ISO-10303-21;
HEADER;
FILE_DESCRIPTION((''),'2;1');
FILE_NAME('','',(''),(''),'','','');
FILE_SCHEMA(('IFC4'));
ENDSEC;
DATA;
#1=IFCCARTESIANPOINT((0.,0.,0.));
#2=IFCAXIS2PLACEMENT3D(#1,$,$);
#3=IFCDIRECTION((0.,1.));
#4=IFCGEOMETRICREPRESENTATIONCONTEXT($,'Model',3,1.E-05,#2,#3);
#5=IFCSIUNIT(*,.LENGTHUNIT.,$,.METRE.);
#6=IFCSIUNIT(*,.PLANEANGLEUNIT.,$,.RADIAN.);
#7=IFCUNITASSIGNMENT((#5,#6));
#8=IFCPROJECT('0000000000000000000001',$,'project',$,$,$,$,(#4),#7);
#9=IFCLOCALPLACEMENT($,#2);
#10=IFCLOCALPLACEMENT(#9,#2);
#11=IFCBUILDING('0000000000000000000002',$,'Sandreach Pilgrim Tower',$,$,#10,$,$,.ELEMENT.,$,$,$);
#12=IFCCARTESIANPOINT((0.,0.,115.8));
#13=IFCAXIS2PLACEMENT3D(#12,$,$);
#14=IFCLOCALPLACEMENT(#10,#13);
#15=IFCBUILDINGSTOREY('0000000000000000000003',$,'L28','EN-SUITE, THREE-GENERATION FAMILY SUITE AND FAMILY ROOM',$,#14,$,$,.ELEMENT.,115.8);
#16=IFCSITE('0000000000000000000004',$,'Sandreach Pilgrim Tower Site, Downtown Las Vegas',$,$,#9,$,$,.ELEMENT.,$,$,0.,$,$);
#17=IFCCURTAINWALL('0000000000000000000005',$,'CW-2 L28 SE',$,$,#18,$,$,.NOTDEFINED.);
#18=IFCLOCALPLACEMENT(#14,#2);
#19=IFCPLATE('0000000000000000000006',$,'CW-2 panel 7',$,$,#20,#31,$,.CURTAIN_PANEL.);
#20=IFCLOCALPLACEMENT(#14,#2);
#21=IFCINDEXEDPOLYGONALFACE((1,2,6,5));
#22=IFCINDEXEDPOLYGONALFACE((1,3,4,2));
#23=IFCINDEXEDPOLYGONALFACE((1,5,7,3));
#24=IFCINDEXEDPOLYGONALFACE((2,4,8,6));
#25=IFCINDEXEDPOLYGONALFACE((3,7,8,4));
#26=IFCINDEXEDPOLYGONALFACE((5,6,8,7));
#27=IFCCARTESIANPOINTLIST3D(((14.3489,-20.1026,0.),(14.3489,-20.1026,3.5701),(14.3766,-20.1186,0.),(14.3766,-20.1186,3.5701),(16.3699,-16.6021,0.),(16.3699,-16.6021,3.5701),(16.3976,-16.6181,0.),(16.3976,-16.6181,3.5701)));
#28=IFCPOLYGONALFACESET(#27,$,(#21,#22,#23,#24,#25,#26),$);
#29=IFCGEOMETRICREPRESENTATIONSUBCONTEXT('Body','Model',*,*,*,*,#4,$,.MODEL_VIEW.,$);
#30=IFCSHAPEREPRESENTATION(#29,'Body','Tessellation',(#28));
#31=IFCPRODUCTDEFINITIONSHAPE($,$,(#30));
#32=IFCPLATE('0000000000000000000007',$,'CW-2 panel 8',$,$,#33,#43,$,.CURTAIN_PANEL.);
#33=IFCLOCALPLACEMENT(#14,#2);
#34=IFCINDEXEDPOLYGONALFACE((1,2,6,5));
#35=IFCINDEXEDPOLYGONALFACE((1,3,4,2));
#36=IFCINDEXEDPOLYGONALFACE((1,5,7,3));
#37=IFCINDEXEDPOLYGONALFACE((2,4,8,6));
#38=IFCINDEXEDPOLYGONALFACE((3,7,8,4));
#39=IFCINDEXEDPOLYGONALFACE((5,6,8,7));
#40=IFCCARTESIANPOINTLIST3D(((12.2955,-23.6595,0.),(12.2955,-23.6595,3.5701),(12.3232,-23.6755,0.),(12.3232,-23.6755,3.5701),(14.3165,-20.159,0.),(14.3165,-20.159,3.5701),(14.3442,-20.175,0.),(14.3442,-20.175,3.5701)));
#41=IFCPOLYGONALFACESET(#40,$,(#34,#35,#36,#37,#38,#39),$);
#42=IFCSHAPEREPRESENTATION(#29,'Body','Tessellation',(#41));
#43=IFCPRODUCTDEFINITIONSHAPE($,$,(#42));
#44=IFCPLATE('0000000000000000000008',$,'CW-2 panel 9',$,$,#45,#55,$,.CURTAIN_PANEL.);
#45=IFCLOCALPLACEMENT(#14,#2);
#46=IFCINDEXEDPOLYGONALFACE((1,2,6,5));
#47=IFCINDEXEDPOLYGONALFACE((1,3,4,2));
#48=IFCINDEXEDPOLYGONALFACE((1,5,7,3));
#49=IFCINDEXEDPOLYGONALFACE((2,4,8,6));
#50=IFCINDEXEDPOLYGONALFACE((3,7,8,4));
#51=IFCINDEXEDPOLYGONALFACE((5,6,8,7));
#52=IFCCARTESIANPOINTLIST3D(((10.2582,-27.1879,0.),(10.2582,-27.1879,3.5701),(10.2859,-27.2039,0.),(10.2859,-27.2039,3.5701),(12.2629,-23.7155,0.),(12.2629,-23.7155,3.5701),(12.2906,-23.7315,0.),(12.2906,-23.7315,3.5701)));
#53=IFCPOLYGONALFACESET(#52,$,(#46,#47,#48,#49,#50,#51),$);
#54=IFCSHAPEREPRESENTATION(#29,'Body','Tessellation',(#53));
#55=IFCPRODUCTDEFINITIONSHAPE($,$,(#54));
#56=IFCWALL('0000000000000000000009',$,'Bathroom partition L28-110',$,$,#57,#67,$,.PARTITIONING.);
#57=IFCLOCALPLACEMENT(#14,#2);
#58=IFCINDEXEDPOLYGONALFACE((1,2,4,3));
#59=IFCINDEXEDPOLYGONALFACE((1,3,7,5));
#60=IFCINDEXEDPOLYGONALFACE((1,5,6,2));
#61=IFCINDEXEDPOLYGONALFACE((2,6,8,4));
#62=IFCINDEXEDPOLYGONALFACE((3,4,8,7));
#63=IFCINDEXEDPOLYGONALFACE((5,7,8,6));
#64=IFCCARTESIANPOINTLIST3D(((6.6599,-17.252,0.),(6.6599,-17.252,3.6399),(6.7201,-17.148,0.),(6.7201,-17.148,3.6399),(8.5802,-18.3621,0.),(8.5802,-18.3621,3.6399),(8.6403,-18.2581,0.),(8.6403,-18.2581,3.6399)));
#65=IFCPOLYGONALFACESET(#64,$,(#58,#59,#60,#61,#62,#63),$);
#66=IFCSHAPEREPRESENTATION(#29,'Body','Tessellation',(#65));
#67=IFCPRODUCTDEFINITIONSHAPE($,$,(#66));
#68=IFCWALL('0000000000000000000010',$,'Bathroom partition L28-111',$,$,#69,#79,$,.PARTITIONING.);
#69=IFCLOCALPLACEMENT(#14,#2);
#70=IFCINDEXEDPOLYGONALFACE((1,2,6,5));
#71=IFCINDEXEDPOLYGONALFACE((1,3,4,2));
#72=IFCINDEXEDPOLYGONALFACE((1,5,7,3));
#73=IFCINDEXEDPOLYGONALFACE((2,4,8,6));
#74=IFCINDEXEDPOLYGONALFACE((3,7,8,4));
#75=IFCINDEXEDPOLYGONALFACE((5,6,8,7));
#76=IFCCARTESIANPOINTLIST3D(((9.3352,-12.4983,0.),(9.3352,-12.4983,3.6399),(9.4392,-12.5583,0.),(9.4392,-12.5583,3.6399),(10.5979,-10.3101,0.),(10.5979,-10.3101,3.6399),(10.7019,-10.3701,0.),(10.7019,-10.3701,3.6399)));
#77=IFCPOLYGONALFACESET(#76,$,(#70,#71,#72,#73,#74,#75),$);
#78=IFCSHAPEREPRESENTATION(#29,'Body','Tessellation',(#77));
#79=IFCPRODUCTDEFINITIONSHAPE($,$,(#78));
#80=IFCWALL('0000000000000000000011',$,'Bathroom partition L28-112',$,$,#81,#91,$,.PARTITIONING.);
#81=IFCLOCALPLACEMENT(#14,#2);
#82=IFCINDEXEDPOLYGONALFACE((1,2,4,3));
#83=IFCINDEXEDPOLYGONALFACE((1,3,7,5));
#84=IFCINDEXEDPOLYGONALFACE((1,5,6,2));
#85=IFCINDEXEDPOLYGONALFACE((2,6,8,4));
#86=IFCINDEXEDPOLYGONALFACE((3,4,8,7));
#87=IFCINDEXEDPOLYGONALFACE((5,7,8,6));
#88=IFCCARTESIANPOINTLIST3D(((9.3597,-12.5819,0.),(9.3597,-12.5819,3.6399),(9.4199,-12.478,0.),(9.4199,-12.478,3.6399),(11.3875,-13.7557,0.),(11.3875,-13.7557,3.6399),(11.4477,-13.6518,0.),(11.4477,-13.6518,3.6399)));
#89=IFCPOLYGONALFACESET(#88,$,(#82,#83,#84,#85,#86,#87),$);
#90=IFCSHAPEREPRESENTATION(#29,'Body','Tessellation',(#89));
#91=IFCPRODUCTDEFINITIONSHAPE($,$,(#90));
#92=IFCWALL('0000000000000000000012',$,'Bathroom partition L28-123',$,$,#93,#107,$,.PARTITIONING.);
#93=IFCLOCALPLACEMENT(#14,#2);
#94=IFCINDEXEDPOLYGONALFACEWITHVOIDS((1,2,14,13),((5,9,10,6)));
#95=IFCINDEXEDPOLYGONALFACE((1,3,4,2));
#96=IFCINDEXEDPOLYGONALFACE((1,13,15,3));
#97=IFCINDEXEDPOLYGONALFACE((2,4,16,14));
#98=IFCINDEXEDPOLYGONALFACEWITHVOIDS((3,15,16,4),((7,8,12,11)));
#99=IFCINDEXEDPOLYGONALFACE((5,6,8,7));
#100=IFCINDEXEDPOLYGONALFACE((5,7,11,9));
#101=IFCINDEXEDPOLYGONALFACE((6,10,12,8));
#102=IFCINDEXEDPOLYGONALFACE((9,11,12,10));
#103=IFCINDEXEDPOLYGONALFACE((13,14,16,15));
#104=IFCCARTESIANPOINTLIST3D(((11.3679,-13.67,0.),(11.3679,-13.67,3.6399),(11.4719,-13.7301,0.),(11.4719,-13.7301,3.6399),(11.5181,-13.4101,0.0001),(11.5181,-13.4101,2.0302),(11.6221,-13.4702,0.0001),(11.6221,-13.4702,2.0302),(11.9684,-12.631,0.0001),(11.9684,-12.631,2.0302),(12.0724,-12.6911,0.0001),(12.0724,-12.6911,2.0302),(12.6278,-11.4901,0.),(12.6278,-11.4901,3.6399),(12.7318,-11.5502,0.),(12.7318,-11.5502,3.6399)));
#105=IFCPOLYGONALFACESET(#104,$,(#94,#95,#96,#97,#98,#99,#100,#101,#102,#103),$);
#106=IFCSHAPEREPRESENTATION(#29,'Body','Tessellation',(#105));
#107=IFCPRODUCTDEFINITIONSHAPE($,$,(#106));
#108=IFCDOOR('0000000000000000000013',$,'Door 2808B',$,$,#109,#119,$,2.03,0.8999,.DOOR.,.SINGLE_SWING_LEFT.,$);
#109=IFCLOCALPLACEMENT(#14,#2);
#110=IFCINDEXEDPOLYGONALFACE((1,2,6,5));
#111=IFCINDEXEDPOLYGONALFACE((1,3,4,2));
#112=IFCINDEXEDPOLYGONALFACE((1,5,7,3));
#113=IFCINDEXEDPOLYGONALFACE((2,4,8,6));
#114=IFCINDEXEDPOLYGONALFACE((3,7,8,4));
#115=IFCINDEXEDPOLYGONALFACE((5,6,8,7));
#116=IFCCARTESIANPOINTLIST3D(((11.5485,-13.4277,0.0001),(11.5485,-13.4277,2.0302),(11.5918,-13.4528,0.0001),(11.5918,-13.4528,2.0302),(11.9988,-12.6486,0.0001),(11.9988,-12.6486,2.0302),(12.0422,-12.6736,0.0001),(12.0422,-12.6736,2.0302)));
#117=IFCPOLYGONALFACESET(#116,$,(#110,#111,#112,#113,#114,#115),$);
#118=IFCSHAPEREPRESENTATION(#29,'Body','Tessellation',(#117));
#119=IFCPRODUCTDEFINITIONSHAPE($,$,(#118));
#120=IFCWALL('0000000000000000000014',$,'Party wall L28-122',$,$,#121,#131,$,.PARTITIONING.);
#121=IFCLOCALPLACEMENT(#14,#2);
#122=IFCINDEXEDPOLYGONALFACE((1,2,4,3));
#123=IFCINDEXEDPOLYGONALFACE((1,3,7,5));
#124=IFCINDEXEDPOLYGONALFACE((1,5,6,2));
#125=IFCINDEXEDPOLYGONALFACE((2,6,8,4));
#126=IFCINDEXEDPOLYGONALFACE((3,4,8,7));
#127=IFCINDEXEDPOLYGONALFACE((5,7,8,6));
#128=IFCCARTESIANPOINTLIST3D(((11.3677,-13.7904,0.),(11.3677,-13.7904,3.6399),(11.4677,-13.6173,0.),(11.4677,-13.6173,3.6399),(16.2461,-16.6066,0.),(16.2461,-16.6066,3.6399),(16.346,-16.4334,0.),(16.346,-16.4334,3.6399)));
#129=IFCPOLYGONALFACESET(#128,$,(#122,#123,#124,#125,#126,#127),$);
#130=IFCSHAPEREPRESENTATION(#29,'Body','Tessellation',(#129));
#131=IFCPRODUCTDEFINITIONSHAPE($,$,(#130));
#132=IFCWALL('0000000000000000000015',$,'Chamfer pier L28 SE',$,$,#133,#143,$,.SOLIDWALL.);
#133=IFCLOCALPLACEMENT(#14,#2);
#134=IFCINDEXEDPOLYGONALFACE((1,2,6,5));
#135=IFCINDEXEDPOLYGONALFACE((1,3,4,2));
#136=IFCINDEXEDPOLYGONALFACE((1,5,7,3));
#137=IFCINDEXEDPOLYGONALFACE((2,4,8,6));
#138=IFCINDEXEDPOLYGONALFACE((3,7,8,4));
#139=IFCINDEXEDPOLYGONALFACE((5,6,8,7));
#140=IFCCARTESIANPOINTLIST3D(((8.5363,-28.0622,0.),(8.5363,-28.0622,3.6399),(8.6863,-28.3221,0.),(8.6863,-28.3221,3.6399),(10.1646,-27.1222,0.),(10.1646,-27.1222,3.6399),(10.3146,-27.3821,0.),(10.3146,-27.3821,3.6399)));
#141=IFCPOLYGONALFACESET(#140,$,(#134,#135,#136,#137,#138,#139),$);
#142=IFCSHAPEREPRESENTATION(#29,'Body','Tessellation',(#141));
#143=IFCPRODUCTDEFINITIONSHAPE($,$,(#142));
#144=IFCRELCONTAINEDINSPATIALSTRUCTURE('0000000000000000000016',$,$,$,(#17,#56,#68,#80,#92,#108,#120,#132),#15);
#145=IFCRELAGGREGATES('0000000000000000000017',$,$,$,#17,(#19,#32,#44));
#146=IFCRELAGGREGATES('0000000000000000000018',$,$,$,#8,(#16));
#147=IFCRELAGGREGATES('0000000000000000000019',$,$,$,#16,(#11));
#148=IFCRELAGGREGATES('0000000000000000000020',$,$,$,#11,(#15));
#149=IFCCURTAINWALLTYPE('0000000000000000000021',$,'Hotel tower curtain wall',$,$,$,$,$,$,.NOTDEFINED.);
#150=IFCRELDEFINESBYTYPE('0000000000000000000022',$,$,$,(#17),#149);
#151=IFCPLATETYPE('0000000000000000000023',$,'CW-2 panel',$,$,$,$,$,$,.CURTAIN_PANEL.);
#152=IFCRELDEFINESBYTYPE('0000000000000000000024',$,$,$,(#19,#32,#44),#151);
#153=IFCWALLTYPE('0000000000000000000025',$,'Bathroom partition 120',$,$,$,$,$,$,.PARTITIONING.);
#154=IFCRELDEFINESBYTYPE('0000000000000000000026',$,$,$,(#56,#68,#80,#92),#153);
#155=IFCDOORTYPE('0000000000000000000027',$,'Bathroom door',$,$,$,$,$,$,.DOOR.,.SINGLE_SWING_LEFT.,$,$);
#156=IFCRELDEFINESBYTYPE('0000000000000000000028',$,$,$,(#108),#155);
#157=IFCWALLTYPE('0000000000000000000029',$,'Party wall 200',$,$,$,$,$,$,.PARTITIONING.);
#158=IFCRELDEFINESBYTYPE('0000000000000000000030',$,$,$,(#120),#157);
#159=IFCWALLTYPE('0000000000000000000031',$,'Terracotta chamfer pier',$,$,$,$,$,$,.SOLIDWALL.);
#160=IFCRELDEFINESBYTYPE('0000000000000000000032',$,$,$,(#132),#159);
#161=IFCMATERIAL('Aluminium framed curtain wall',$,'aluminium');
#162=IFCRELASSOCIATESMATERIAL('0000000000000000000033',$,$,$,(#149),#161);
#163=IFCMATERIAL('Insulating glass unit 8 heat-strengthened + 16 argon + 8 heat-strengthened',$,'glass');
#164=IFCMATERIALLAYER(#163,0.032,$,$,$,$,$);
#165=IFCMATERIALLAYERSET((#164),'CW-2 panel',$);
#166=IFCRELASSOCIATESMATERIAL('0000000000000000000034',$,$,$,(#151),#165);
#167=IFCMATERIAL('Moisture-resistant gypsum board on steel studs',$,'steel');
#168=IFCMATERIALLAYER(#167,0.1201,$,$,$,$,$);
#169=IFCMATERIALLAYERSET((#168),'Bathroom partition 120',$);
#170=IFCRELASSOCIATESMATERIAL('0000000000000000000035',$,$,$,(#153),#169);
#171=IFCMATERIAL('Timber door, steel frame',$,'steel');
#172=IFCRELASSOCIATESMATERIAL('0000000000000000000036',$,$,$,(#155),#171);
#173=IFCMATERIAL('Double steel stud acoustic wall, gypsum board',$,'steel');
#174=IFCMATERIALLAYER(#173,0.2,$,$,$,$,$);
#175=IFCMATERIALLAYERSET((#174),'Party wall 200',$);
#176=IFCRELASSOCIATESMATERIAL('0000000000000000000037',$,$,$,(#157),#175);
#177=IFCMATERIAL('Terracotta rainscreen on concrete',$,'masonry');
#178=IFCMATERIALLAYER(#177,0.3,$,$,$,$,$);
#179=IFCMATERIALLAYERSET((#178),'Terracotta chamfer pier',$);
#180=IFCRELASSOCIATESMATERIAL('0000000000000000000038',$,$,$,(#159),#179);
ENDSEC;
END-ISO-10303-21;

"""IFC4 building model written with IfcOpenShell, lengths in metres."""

from ifc_helpers import new_model, si_unit, direction, frame, frame_2d, origin, origin_2d, place, context, subcontext, project, spatial, rectangle, extrude, material, layer, layer_set, type_object, element, fill, aggregate, save


model = new_model("IFC4")

# Units and contexts
model_context = context("Model", 3, precision=1e-05, world=origin(), true_north=direction((0.0, 1.0)))
body_context = subcontext(model_context, "Body", "Model", "MODEL_VIEW")
ifc_project = project(units=[si_unit("LENGTHUNIT", "METRE"), si_unit("PLANEANGLEUNIT", "RADIAN")], contexts=[model_context])

# Site, building, storey
site_placement = place(None, origin())
site = spatial("IfcSite", under=ifc_project, at=site_placement, Name="Sandreach Pilgrim Tower Site, Downtown Las Vegas", CompositionType="ELEMENT", RefElevation=0.0)
building_placement = place(site_placement, origin())
building = spatial("IfcBuilding", under=site, at=building_placement, Name="Sandreach Pilgrim Tower", CompositionType="ELEMENT")
storey_placement = place(building_placement, frame((0.0, 0.0, 115.8)))
storey = spatial("IfcBuildingStorey", under=building, at=storey_placement, Name="L28", Description="EN-SUITE, THREE-GENERATION FAMILY SUITE AND FAMILY ROOM", CompositionType="ELEMENT", Elevation=115.8)

# Curtain wall
ifc_material_1 = material(Name="Aluminium framed curtain wall", Category="aluminium")
curtain_wall_type = type_object("IfcCurtainWallType", Name="Hotel tower curtain wall", PredefinedType="NOTDEFINED", material=ifc_material_1)
curtain_wall_placement = place(storey_placement, origin())
curtain_wall = element("IfcCurtainWall", 1, at=curtain_wall_placement, inside=storey, type_object=curtain_wall_type, Name="CW-2 L28 SE", PredefinedType="NOTDEFINED")

# Plates
ifc_material_2 = material(Name="Insulating glass unit 8 heat-strengthened + 16 argon + 8 heat-strengthened", Category="glass")
ifc_layer_1 = layer(ifc_material_2, 0.032)
ifc_layer_set_1 = layer_set([ifc_layer_1], Name="CW-2 panel")
plate_type = type_object("IfcPlateType", Name="CW-2 panel", PredefinedType="CURTAIN_PANEL", material=ifc_layer_set_1)
plate_1_placement = place(storey_placement, frame((15.3733, -18.3604, 0.0), z_axis=(0.0, 0.0, 1.0), x_axis=(-0.5, -0.866025, 0.0)))
plate_1 = element("IfcPlate", 2, at=plate_1_placement, type_object=plate_type, Name="CW-2 panel 7", PredefinedType="CURTAIN_PANEL", context=body_context, shape_type="SweptSolid", body=[
    extrude(rectangle(XDim=4.042, YDim=0.032, at=origin_2d()), origin(), (0.0, 0.0, 1.0), 3.5701),
])
plate_2_placement = place(storey_placement, frame((13.3198, -21.9172, 0.0), z_axis=(0.0, 0.0, 1.0), x_axis=(-0.5, -0.866025, 0.0)))
plate_2 = element("IfcPlate", 3, at=plate_2_placement, type_object=plate_type, Name="CW-2 panel 8", PredefinedType="CURTAIN_PANEL", context=body_context, shape_type="SweptSolid", body=[
    extrude(rectangle(XDim=4.042, YDim=0.032, at=origin_2d()), origin(), (0.0, 0.0, 1.0), 3.5701),
])
plate_3_placement = place(storey_placement, frame((11.2744, -25.4597, 0.0), z_axis=(0.0, 0.0, 1.0), x_axis=(-0.5, -0.866025, 0.0)))
plate_3 = element("IfcPlate", 4, at=plate_3_placement, type_object=plate_type, Name="CW-2 panel 9", PredefinedType="CURTAIN_PANEL", context=body_context, shape_type="SweptSolid", body=[
    extrude(rectangle(XDim=4.0095, YDim=0.032, at=origin_2d()), origin(), (0.0, 0.0, 1.0), 3.5701),
])
aggregate(curtain_wall, [plate_1, plate_2, plate_3])

# Walls
ifc_material_3 = material(Name="Moisture-resistant gypsum board on steel studs", Category="steel")
ifc_layer_2 = layer(ifc_material_3, 0.1201)
ifc_layer_set_2 = layer_set([ifc_layer_2], Name="Bathroom partition 120")
wall_type_1 = type_object("IfcWallType", Name="Bathroom partition 120", PredefinedType="PARTITIONING", material=ifc_layer_set_2)
wall_1_placement = place(storey_placement, frame((8.6101, -18.3101, 0.0), z_axis=(0.0, 0.0, 1.0), x_axis=(-0.865733, 0.500507, 0.0)))
element("IfcWall", 5, at=wall_1_placement, inside=storey, type_object=wall_type_1, Name="Bathroom partition L28-110", PredefinedType="PARTITIONING", context=body_context, shape_type="SweptSolid", body=[
    extrude(rectangle(XDim=2.218, YDim=0.1201, at=frame_2d((1.1089, 0.0))), origin(), (0.0, 0.0, 1.0), 3.6399),
])
wall_2_placement = place(storey_placement, frame((9.3872, -12.5283, 0.0), z_axis=(0.0, 0.0, 1.0), x_axis=(0.499798, 0.866142, 0.0)))
element("IfcWall", 6, at=wall_2_placement, inside=storey, type_object=wall_type_1, Name="Bathroom partition L28-111", PredefinedType="PARTITIONING", context=body_context, shape_type="SweptSolid", body=[
    extrude(rectangle(XDim=2.5264, YDim=0.1201, at=frame_2d((1.2632, 0.0))), origin(), (0.0, 0.0, 1.0), 3.6399),
])
wall_3_placement = place(storey_placement, frame((9.3899, -12.53, 0.0), z_axis=(0.0, 0.0, 1.0), x_axis=(0.86546, -0.500979, 0.0)))
element("IfcWall", 7, at=wall_3_placement, inside=storey, type_object=wall_type_1, Name="Bathroom partition L28-112", PredefinedType="PARTITIONING", context=body_context, shape_type="SweptSolid", body=[
    extrude(rectangle(XDim=2.343, YDim=0.1201, at=frame_2d((1.1714, 0.0))), origin(), (0.0, 0.0, 1.0), 3.6399),
])

# Wall, opening, door
wall_4_placement = place(storey_placement, frame((11.4199, -13.7, 0.0), z_axis=(0.0, 0.0, 1.0), x_axis=(0.500425, 0.86578, 0.0)))
wall_4 = element("IfcWall", 8, at=wall_4_placement, inside=storey, type_object=wall_type_1, Name="Bathroom partition L28-123", PredefinedType="PARTITIONING", context=body_context, shape_type="SweptSolid", body=[
    extrude(rectangle(XDim=2.5178, YDim=0.1201, at=frame_2d((1.2588, 0.0))), origin(), (0.0, 0.0, 1.0), 3.6399),
])
opening_placement = place(wall_4_placement, frame((0.3, 0.0, 0.0)))
opening = element("IfcOpeningElement", 9, at=opening_placement, cuts=wall_4, PredefinedType="OPENING", context=body_context, shape_type="SweptSolid", body=[
    extrude(rectangle(XDim=0.8999, YDim=2.03, at=frame_2d((0.45, 1.0151))), frame((0.0, 0.0601, 0.0), z_axis=(0.0, -1.0, 0.0), x_axis=(1.0, 0.0, 0.0)), (0.0, 0.0, 1.0), 0.1201),
])
ifc_material_4 = material(Name="Timber door, steel frame", Category="steel")
door_type = type_object("IfcDoorType", Name="Bathroom door", OperationType="SINGLE_SWING_LEFT", PredefinedType="DOOR", material=ifc_material_4)
door_placement = place(opening_placement, origin())
door = element("IfcDoor", 10, at=door_placement, inside=storey, type_object=door_type, Name="Door 2808B", OperationType="SINGLE_SWING_LEFT", OverallHeight=2.03, OverallWidth=0.8999, PredefinedType="DOOR", context=body_context, shape_type="SweptSolid", body=[
    extrude(rectangle(XDim=0.8999, YDim=2.03, at=frame_2d((0.45, 1.0151))), frame((0.0, 0.0249, 0.0), z_axis=(0.0, -1.0, 0.0), x_axis=(1.0, 0.0, 0.0)), (0.0, 0.0, 1.0), 0.05),
])
fill(opening, door)

# Walls
ifc_material_5 = material(Name="Double steel stud acoustic wall, gypsum board", Category="steel")
ifc_layer_3 = layer(ifc_material_5, 0.2)
ifc_layer_set_3 = layer_set([ifc_layer_3], Name="Party wall 200")
wall_type_2 = type_object("IfcWallType", Name="Party wall 200", PredefinedType="PARTITIONING", material=ifc_layer_set_3)
wall_5_placement = place(storey_placement, frame((11.4177, -13.7039, 0.0), z_axis=(0.0, 0.0, 1.0), x_axis=(0.866056, -0.499948, 0.0)))
element("IfcWall", 11, at=wall_5_placement, inside=storey, type_object=wall_type_2, Name="Party wall L28-122", PredefinedType="PARTITIONING", context=body_context, shape_type="SweptSolid", body=[
    extrude(rectangle(XDim=5.6328, YDim=0.2, at=frame_2d((2.8164, 0.0))), origin(), (0.0, 0.0, 1.0), 3.6399),
])
ifc_material_6 = material(Name="Terracotta rainscreen on concrete", Category="masonry")
ifc_layer_4 = layer(ifc_material_6, 0.3)
ifc_layer_set_4 = layer_set([ifc_layer_4], Name="Terracotta chamfer pier")
wall_type_3 = type_object("IfcWallType", Name="Terracotta chamfer pier", PredefinedType="SOLIDWALL", material=ifc_layer_set_4)
wall_6_placement = place(storey_placement, frame((10.2395, -27.2522, 0.0), z_axis=(0.0, 0.0, 1.0), x_axis=(-0.866045, -0.499966, 0.0)))
element("IfcWall", 12, at=wall_6_placement, inside=storey, type_object=wall_type_3, Name="Chamfer pier L28 SE", PredefinedType="SOLIDWALL", context=body_context, shape_type="SweptSolid", body=[
    extrude(rectangle(XDim=1.8801, YDim=0.3, at=frame_2d((0.9399, 0.0))), origin(), (0.0, 0.0, 1.0), 3.6399),
])

save(model, "model.ifc")
